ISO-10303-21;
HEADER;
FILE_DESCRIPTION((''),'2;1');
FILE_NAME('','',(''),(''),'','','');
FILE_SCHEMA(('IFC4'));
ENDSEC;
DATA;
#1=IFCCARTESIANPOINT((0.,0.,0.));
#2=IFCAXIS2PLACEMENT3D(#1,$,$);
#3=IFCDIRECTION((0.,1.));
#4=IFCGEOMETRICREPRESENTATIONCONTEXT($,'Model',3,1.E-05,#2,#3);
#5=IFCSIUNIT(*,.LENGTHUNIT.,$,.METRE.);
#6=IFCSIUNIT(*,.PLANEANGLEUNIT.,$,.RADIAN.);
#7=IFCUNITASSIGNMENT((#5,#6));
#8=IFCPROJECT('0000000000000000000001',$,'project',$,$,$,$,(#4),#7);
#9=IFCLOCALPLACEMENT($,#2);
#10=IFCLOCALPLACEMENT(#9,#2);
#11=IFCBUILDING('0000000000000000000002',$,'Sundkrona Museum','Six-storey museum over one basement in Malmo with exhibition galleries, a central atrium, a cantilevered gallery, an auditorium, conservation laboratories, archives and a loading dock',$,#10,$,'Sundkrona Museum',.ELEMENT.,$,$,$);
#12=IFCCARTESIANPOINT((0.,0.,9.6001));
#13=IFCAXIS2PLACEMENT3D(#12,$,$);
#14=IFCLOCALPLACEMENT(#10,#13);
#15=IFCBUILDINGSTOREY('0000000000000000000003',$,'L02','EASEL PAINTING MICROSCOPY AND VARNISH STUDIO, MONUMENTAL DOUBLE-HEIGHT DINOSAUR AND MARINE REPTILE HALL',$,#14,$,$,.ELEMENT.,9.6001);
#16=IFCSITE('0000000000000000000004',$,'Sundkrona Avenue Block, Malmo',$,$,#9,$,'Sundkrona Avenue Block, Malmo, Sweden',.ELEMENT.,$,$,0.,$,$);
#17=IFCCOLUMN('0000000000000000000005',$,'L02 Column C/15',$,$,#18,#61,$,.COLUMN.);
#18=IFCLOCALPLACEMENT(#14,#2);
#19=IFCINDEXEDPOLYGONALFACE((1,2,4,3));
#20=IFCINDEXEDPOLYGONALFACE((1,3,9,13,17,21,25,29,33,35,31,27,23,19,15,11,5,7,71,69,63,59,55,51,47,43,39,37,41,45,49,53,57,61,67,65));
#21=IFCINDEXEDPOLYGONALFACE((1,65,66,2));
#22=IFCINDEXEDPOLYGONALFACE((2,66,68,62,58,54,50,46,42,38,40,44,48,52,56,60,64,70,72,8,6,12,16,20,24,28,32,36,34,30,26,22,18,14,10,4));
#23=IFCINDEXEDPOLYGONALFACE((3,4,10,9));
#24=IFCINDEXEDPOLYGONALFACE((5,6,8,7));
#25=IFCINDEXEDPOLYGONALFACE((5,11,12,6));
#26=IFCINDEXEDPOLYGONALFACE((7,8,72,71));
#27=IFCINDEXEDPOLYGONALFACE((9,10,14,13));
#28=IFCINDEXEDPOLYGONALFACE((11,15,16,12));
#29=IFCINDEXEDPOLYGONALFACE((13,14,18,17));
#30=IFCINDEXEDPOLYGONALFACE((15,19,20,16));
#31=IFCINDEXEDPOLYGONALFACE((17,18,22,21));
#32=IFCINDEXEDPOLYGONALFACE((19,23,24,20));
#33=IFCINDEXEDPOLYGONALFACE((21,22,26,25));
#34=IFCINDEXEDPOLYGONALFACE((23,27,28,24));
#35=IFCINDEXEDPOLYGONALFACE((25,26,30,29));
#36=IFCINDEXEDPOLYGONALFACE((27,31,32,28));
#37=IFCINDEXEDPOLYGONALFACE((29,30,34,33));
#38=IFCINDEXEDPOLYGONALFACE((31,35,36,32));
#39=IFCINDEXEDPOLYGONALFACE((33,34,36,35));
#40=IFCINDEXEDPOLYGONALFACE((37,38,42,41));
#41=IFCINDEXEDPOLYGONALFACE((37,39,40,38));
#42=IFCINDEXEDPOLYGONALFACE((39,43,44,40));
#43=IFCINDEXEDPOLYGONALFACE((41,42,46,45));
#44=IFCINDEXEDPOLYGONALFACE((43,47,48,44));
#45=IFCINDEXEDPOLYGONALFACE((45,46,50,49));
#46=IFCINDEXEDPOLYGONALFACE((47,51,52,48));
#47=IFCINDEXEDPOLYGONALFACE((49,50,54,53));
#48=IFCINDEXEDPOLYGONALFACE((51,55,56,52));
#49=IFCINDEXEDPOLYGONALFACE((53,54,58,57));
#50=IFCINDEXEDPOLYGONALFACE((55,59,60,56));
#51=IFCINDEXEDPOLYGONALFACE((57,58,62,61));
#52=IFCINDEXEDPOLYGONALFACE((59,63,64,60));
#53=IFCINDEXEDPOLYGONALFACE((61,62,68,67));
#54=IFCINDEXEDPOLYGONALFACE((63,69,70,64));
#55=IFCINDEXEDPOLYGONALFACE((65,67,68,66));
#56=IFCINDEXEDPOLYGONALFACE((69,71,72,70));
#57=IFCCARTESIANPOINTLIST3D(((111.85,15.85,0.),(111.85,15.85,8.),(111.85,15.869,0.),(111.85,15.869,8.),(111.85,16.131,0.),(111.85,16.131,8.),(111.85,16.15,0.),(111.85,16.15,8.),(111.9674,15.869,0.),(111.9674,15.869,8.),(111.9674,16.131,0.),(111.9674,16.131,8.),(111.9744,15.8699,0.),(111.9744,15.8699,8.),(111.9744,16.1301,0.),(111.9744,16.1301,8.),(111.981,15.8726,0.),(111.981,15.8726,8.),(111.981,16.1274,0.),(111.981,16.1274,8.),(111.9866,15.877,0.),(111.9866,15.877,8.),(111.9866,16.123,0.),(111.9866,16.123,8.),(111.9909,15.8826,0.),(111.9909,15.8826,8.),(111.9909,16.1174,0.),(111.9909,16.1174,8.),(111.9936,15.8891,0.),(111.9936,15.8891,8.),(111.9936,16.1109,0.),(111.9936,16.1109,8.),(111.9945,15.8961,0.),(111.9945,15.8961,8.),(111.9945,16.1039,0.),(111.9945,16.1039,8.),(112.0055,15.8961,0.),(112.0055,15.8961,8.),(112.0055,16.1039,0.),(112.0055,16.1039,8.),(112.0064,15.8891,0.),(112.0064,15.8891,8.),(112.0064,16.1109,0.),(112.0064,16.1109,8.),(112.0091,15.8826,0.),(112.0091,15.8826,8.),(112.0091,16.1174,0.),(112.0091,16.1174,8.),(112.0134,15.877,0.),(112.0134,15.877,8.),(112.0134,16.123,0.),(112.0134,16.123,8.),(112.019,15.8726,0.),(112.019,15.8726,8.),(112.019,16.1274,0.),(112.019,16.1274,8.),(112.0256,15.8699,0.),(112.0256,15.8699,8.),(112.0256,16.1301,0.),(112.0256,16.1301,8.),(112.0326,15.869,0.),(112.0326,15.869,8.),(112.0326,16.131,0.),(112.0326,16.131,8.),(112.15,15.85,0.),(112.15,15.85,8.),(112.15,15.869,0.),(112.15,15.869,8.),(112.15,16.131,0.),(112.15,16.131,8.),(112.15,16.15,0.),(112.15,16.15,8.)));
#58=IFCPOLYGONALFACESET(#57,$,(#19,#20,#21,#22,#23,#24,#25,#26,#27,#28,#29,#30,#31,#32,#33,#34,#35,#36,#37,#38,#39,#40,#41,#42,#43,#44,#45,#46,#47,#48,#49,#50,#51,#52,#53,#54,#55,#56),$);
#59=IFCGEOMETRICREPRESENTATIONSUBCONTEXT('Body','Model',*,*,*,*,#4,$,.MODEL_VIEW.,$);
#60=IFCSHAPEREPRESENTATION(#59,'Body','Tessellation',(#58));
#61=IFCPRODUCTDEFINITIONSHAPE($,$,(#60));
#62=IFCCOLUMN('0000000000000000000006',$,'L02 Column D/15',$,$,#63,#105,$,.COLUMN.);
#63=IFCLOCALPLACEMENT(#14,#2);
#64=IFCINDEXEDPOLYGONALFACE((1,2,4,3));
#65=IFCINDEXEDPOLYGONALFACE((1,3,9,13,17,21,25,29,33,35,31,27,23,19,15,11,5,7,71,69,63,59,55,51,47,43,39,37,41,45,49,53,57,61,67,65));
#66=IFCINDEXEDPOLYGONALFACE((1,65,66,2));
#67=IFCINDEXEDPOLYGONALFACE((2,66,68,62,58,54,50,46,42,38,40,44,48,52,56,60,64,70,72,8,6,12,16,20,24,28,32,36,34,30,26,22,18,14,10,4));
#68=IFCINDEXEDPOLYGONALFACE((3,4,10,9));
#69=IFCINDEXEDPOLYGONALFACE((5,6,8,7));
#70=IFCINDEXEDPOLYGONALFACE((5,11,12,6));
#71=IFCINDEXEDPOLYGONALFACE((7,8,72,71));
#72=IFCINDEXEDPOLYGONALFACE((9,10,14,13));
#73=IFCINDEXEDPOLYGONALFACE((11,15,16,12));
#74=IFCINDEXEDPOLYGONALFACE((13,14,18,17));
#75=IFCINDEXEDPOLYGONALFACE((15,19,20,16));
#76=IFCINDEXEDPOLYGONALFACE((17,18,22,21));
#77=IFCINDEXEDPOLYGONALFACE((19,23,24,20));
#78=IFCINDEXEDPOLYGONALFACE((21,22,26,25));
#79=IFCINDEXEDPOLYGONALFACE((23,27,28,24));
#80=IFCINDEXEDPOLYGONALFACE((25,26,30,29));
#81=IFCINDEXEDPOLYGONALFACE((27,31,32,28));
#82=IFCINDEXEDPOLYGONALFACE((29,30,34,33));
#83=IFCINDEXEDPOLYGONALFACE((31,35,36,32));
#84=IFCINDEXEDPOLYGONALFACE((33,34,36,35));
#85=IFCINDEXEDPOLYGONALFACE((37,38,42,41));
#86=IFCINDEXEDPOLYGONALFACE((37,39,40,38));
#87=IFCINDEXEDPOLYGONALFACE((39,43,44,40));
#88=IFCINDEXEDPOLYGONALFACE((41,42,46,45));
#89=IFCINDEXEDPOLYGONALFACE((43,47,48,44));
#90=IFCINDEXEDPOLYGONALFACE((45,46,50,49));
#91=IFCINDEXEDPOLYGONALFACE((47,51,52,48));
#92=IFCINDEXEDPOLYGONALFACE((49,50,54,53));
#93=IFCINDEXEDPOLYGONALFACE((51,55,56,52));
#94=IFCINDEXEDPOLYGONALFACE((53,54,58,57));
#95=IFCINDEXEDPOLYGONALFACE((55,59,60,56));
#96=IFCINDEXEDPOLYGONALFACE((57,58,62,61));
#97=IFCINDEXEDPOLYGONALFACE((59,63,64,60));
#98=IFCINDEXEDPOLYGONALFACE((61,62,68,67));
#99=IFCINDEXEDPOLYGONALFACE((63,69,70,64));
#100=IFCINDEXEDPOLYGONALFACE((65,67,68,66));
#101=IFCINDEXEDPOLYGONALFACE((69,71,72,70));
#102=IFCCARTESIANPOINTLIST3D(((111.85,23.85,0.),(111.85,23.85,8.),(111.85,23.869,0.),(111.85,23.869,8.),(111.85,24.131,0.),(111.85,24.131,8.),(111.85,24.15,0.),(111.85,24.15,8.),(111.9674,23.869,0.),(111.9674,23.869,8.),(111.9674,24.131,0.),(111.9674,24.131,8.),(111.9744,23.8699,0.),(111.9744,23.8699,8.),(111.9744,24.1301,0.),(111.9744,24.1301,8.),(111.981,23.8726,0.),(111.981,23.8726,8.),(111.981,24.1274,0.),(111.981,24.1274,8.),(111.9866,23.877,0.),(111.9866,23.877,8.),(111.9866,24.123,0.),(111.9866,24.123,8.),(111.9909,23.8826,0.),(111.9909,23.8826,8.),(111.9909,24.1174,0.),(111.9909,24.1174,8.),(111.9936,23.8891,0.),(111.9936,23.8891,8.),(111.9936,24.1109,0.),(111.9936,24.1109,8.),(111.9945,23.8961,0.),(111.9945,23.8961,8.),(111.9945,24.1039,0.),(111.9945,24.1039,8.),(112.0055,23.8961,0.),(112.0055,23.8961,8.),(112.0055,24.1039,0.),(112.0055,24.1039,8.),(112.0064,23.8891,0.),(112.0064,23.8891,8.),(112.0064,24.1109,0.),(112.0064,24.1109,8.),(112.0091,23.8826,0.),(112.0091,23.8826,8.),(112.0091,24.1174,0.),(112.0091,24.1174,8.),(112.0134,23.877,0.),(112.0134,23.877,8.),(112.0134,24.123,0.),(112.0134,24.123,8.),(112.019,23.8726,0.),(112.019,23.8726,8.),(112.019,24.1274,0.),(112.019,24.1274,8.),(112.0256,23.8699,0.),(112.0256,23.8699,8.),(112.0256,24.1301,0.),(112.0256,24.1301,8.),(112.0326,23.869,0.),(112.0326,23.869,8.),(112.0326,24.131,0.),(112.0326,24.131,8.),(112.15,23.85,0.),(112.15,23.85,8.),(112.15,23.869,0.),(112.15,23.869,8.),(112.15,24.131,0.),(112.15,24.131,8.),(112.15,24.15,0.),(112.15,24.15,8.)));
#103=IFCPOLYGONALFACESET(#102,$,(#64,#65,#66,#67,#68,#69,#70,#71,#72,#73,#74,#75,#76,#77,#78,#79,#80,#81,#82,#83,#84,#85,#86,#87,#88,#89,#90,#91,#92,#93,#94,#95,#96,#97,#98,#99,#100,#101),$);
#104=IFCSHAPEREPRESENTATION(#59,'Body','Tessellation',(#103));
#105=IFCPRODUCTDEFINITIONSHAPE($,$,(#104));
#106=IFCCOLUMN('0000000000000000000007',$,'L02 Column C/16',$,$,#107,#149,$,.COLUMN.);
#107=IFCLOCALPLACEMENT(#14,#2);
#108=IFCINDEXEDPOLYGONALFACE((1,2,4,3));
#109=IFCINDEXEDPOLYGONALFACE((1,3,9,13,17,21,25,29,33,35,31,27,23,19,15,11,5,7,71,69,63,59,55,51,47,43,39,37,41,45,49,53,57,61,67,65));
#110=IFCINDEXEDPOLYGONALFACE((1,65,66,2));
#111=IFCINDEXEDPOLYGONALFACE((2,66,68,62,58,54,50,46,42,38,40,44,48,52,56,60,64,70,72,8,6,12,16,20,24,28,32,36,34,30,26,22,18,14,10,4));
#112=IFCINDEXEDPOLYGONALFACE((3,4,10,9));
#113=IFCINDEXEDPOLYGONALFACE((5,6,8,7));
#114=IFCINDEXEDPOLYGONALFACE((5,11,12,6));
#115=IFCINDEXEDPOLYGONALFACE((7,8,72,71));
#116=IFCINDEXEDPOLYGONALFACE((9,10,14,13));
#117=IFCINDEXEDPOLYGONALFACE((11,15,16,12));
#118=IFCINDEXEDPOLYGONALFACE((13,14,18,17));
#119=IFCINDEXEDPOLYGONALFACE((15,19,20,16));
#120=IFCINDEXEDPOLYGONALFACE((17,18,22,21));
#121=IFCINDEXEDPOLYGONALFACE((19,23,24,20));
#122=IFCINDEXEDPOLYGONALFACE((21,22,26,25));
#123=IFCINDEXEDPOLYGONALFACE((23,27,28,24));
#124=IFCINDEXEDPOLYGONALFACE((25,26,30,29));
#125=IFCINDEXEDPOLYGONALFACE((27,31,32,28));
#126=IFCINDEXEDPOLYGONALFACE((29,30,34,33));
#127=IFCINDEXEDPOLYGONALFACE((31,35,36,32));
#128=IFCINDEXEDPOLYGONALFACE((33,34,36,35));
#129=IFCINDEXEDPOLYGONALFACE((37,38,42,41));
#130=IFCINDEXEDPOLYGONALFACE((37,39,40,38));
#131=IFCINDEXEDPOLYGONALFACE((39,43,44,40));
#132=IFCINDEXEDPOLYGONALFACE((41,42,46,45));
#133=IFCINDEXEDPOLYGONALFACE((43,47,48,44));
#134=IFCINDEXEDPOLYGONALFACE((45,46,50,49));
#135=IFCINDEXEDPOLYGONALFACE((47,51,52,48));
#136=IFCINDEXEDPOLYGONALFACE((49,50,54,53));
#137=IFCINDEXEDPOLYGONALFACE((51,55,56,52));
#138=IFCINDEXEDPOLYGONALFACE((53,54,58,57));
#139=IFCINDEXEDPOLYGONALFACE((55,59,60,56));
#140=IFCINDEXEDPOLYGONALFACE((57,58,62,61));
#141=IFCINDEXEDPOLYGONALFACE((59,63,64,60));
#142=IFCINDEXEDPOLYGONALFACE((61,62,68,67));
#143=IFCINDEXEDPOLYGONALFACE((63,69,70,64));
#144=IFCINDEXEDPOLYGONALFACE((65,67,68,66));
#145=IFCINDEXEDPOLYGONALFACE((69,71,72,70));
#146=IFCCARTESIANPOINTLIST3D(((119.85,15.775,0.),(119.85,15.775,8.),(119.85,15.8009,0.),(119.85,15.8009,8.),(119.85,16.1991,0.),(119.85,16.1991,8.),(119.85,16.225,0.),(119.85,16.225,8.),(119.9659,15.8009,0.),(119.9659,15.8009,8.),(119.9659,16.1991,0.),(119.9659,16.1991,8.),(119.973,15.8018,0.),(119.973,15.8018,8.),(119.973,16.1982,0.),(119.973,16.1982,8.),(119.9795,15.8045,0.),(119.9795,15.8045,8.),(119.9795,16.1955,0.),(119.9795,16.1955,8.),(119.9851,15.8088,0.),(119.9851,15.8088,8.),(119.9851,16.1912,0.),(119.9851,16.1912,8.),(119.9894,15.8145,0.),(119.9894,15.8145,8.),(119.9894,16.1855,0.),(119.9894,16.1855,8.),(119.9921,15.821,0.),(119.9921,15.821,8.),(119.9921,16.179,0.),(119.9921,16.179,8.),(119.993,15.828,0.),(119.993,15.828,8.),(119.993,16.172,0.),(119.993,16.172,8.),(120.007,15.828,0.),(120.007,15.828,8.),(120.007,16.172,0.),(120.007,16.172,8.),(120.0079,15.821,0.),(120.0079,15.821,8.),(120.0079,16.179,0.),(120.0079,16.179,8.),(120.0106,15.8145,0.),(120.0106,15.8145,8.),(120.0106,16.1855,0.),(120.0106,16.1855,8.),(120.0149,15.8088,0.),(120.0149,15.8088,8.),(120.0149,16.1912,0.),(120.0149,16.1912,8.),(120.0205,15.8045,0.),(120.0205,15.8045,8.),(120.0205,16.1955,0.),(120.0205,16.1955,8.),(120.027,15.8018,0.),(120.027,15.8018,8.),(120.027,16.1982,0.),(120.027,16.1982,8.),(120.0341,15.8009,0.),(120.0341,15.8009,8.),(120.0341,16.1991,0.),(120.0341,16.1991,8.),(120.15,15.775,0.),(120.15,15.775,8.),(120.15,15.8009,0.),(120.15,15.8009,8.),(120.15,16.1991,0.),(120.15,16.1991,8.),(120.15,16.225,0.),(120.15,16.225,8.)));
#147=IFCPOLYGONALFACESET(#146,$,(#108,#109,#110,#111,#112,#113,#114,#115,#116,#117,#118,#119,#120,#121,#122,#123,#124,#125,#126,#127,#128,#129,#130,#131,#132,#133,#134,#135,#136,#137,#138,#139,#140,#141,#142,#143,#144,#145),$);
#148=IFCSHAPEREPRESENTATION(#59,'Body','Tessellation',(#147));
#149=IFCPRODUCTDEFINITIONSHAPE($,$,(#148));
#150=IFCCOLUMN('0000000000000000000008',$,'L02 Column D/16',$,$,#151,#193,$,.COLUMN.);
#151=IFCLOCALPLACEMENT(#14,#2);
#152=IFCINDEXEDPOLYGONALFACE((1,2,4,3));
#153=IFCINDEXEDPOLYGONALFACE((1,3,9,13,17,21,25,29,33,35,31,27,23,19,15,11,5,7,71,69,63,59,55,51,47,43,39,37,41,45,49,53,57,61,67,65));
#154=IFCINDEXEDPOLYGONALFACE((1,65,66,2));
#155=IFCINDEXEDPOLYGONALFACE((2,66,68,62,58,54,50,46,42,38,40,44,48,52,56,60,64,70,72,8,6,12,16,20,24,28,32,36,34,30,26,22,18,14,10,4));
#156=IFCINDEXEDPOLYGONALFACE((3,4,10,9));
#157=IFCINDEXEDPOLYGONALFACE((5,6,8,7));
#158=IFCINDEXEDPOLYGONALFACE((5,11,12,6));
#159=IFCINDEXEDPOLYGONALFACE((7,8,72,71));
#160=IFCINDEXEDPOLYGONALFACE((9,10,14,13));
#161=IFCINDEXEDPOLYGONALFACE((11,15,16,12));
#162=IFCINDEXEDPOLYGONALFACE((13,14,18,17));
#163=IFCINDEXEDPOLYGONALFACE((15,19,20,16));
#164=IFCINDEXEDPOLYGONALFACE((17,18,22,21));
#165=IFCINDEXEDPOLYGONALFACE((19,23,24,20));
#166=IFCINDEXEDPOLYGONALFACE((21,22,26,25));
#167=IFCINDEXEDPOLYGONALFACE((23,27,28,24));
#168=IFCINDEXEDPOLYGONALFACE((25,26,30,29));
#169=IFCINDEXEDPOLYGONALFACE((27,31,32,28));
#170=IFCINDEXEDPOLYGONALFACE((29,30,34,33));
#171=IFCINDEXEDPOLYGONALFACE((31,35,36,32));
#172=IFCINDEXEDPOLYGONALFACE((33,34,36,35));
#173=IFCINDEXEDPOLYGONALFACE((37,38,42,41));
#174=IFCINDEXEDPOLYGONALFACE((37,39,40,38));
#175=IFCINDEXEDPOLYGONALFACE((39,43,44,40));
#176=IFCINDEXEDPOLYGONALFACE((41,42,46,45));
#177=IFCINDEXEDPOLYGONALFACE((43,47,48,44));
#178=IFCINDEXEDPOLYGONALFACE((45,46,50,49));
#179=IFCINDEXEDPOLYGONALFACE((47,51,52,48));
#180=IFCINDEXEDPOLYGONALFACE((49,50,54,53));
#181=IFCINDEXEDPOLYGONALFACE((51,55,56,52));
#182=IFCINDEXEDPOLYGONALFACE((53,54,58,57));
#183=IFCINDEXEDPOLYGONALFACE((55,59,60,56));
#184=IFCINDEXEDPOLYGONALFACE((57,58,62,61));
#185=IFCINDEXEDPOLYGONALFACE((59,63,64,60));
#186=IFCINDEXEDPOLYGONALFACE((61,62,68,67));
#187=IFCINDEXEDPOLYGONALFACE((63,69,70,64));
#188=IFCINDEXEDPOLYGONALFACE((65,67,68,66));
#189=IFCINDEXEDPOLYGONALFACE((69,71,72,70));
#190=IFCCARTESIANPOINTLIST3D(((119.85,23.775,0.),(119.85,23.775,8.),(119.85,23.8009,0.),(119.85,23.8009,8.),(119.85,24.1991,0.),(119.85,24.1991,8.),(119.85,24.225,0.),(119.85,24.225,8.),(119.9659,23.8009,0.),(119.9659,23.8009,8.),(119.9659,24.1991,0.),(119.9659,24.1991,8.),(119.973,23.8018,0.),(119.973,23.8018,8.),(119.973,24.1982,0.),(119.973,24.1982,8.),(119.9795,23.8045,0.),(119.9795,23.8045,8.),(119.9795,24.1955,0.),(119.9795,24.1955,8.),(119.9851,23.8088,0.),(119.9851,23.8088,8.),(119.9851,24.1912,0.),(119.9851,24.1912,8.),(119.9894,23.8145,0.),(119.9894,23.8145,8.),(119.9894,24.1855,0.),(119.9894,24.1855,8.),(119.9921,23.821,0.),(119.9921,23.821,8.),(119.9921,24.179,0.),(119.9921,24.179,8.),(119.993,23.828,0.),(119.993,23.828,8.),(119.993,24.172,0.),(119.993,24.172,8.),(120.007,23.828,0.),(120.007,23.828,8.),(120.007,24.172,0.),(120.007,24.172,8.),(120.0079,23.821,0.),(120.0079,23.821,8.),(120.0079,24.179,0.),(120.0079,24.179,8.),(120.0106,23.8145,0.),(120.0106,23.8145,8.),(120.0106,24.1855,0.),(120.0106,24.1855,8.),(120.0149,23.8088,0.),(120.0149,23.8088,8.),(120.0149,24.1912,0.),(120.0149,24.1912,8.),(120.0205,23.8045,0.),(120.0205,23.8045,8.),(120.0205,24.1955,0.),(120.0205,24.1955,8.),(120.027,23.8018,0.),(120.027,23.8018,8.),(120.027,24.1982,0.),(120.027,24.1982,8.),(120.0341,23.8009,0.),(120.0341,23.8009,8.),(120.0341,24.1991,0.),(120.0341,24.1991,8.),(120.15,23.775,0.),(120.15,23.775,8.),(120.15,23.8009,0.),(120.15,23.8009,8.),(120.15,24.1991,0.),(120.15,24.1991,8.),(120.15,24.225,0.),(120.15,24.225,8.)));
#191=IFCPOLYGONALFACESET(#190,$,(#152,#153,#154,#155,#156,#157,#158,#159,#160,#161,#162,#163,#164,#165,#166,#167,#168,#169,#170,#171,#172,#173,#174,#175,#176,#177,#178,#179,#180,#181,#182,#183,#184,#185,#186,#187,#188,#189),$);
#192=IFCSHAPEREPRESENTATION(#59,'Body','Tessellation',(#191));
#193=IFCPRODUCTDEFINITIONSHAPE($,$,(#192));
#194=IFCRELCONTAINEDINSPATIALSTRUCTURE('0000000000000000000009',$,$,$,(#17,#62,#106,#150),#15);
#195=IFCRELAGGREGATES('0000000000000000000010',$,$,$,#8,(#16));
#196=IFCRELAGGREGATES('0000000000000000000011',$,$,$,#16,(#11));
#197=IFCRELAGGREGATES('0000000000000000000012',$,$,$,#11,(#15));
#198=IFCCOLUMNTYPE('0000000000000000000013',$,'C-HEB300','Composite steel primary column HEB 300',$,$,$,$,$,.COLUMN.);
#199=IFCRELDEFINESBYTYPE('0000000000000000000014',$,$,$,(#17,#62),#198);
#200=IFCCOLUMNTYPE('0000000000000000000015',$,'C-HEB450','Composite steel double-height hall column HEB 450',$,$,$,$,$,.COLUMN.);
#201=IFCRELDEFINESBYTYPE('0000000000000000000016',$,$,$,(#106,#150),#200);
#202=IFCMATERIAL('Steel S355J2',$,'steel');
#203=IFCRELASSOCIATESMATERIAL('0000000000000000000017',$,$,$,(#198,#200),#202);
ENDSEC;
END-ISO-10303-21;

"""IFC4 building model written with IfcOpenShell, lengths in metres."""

from ifc_helpers import new_model, si_unit, direction, frame, origin, origin_2d, place, context, subcontext, project, spatial, i_section, extrude, material, material_profile, profile_set, type_object, element, save


model = new_model("IFC4")

# Units and contexts
model_context = context("Model", 3, precision=1e-05, world=origin(), true_north=direction((0.0, 1.0)))
body_context = subcontext(model_context, "Body", "Model", "MODEL_VIEW")
ifc_project = project(units=[si_unit("LENGTHUNIT", "METRE"), si_unit("PLANEANGLEUNIT", "RADIAN")], contexts=[model_context])

# Site, building, storey
site_placement = place(None, origin())
site = spatial("IfcSite", under=ifc_project, at=site_placement, Name="Sundkrona Avenue Block, Malmo", LongName="Sundkrona Avenue Block, Malmo, Sweden", CompositionType="ELEMENT", RefElevation=0.0)
building_placement = place(site_placement, origin())
building = spatial("IfcBuilding", under=site, at=building_placement, Name="Sundkrona Museum", Description="Six-storey museum over one basement in Malmo with exhibition galleries, a central atrium, a cantilevered gallery, an auditorium, conservation laboratories, archives and a loading dock", LongName="Sundkrona Museum", CompositionType="ELEMENT")
storey_placement = place(building_placement, frame((0.0, 0.0, 9.6001)))
storey = spatial("IfcBuildingStorey", under=building, at=storey_placement, Name="L02", Description="EASEL PAINTING MICROSCOPY AND VARNISH STUDIO, MONUMENTAL DOUBLE-HEIGHT DINOSAUR AND MARINE REPTILE HALL", CompositionType="ELEMENT", Elevation=9.6001)

# Columns
ifc_material_1 = material(Name="Steel S355J2", Category="steel")
ifc_material_profile_1 = material_profile(ifc_material_1, i_section(OverallWidth=0.3, OverallDepth=0.3, WebThickness=0.011, FlangeThickness=0.019, FilletRadius=0.0271, at=origin_2d()), Name="HEB 300")
ifc_profile_set_1 = profile_set([ifc_material_profile_1], Name="Steel S355J2")
column_type_1 = type_object("IfcColumnType", Name="C-HEB300", Description="Composite steel primary column HEB 300", PredefinedType="COLUMN", material=ifc_profile_set_1)
for number, where, z_axis, x_axis, name in (
    (1, (112.0, 16.0, 0.0), (0.0, 0.0, 1.0), (1.0, 0.0, 0.0), "L02 Column C/15"),
    (2, (112.0, 24.0, 0.0), (0.0, 0.0, 1.0), (1.0, 0.0, 0.0), "L02 Column D/15"),
):
    element("IfcColumn", number, at=place(storey_placement, frame(where, z_axis=z_axis, x_axis=x_axis)), inside=storey, type_object=column_type_1, Name=name, PredefinedType="COLUMN", context=body_context, shape_type="SweptSolid", body=[
        extrude(i_section(OverallWidth=0.3, OverallDepth=0.3, WebThickness=0.011, FlangeThickness=0.019, FilletRadius=0.0271, at=origin_2d()), origin(), (0.0, 0.0, 1.0), 8.0),
    ])
ifc_material_profile_2 = material_profile(ifc_material_1, i_section(OverallWidth=0.3, OverallDepth=0.45, WebThickness=0.0139, FlangeThickness=0.0259, FilletRadius=0.0271, at=origin_2d()), Name="HEB 450")
ifc_profile_set_2 = profile_set([ifc_material_profile_2], Name="Steel S355J2")
column_type_2 = type_object("IfcColumnType", Name="C-HEB450", Description="Composite steel double-height hall column HEB 450", PredefinedType="COLUMN", material=ifc_profile_set_2)
for number, where, z_axis, x_axis, name in (
    (3, (120.0, 16.0, 0.0), (0.0, 0.0, 1.0), (1.0, 0.0, 0.0), "L02 Column C/16"),
    (4, (120.0, 24.0, 0.0), (0.0, 0.0, 1.0), (1.0, 0.0, 0.0), "L02 Column D/16"),
):
    element("IfcColumn", number, at=place(storey_placement, frame(where, z_axis=z_axis, x_axis=x_axis)), inside=storey, type_object=column_type_2, Name=name, PredefinedType="COLUMN", context=body_context, shape_type="SweptSolid", body=[
        extrude(i_section(OverallWidth=0.3, OverallDepth=0.45, WebThickness=0.0139, FlangeThickness=0.0259, FilletRadius=0.0271, at=origin_2d()), origin(), (0.0, 0.0, 1.0), 8.0),
    ])

save(model, "model.ifc")
